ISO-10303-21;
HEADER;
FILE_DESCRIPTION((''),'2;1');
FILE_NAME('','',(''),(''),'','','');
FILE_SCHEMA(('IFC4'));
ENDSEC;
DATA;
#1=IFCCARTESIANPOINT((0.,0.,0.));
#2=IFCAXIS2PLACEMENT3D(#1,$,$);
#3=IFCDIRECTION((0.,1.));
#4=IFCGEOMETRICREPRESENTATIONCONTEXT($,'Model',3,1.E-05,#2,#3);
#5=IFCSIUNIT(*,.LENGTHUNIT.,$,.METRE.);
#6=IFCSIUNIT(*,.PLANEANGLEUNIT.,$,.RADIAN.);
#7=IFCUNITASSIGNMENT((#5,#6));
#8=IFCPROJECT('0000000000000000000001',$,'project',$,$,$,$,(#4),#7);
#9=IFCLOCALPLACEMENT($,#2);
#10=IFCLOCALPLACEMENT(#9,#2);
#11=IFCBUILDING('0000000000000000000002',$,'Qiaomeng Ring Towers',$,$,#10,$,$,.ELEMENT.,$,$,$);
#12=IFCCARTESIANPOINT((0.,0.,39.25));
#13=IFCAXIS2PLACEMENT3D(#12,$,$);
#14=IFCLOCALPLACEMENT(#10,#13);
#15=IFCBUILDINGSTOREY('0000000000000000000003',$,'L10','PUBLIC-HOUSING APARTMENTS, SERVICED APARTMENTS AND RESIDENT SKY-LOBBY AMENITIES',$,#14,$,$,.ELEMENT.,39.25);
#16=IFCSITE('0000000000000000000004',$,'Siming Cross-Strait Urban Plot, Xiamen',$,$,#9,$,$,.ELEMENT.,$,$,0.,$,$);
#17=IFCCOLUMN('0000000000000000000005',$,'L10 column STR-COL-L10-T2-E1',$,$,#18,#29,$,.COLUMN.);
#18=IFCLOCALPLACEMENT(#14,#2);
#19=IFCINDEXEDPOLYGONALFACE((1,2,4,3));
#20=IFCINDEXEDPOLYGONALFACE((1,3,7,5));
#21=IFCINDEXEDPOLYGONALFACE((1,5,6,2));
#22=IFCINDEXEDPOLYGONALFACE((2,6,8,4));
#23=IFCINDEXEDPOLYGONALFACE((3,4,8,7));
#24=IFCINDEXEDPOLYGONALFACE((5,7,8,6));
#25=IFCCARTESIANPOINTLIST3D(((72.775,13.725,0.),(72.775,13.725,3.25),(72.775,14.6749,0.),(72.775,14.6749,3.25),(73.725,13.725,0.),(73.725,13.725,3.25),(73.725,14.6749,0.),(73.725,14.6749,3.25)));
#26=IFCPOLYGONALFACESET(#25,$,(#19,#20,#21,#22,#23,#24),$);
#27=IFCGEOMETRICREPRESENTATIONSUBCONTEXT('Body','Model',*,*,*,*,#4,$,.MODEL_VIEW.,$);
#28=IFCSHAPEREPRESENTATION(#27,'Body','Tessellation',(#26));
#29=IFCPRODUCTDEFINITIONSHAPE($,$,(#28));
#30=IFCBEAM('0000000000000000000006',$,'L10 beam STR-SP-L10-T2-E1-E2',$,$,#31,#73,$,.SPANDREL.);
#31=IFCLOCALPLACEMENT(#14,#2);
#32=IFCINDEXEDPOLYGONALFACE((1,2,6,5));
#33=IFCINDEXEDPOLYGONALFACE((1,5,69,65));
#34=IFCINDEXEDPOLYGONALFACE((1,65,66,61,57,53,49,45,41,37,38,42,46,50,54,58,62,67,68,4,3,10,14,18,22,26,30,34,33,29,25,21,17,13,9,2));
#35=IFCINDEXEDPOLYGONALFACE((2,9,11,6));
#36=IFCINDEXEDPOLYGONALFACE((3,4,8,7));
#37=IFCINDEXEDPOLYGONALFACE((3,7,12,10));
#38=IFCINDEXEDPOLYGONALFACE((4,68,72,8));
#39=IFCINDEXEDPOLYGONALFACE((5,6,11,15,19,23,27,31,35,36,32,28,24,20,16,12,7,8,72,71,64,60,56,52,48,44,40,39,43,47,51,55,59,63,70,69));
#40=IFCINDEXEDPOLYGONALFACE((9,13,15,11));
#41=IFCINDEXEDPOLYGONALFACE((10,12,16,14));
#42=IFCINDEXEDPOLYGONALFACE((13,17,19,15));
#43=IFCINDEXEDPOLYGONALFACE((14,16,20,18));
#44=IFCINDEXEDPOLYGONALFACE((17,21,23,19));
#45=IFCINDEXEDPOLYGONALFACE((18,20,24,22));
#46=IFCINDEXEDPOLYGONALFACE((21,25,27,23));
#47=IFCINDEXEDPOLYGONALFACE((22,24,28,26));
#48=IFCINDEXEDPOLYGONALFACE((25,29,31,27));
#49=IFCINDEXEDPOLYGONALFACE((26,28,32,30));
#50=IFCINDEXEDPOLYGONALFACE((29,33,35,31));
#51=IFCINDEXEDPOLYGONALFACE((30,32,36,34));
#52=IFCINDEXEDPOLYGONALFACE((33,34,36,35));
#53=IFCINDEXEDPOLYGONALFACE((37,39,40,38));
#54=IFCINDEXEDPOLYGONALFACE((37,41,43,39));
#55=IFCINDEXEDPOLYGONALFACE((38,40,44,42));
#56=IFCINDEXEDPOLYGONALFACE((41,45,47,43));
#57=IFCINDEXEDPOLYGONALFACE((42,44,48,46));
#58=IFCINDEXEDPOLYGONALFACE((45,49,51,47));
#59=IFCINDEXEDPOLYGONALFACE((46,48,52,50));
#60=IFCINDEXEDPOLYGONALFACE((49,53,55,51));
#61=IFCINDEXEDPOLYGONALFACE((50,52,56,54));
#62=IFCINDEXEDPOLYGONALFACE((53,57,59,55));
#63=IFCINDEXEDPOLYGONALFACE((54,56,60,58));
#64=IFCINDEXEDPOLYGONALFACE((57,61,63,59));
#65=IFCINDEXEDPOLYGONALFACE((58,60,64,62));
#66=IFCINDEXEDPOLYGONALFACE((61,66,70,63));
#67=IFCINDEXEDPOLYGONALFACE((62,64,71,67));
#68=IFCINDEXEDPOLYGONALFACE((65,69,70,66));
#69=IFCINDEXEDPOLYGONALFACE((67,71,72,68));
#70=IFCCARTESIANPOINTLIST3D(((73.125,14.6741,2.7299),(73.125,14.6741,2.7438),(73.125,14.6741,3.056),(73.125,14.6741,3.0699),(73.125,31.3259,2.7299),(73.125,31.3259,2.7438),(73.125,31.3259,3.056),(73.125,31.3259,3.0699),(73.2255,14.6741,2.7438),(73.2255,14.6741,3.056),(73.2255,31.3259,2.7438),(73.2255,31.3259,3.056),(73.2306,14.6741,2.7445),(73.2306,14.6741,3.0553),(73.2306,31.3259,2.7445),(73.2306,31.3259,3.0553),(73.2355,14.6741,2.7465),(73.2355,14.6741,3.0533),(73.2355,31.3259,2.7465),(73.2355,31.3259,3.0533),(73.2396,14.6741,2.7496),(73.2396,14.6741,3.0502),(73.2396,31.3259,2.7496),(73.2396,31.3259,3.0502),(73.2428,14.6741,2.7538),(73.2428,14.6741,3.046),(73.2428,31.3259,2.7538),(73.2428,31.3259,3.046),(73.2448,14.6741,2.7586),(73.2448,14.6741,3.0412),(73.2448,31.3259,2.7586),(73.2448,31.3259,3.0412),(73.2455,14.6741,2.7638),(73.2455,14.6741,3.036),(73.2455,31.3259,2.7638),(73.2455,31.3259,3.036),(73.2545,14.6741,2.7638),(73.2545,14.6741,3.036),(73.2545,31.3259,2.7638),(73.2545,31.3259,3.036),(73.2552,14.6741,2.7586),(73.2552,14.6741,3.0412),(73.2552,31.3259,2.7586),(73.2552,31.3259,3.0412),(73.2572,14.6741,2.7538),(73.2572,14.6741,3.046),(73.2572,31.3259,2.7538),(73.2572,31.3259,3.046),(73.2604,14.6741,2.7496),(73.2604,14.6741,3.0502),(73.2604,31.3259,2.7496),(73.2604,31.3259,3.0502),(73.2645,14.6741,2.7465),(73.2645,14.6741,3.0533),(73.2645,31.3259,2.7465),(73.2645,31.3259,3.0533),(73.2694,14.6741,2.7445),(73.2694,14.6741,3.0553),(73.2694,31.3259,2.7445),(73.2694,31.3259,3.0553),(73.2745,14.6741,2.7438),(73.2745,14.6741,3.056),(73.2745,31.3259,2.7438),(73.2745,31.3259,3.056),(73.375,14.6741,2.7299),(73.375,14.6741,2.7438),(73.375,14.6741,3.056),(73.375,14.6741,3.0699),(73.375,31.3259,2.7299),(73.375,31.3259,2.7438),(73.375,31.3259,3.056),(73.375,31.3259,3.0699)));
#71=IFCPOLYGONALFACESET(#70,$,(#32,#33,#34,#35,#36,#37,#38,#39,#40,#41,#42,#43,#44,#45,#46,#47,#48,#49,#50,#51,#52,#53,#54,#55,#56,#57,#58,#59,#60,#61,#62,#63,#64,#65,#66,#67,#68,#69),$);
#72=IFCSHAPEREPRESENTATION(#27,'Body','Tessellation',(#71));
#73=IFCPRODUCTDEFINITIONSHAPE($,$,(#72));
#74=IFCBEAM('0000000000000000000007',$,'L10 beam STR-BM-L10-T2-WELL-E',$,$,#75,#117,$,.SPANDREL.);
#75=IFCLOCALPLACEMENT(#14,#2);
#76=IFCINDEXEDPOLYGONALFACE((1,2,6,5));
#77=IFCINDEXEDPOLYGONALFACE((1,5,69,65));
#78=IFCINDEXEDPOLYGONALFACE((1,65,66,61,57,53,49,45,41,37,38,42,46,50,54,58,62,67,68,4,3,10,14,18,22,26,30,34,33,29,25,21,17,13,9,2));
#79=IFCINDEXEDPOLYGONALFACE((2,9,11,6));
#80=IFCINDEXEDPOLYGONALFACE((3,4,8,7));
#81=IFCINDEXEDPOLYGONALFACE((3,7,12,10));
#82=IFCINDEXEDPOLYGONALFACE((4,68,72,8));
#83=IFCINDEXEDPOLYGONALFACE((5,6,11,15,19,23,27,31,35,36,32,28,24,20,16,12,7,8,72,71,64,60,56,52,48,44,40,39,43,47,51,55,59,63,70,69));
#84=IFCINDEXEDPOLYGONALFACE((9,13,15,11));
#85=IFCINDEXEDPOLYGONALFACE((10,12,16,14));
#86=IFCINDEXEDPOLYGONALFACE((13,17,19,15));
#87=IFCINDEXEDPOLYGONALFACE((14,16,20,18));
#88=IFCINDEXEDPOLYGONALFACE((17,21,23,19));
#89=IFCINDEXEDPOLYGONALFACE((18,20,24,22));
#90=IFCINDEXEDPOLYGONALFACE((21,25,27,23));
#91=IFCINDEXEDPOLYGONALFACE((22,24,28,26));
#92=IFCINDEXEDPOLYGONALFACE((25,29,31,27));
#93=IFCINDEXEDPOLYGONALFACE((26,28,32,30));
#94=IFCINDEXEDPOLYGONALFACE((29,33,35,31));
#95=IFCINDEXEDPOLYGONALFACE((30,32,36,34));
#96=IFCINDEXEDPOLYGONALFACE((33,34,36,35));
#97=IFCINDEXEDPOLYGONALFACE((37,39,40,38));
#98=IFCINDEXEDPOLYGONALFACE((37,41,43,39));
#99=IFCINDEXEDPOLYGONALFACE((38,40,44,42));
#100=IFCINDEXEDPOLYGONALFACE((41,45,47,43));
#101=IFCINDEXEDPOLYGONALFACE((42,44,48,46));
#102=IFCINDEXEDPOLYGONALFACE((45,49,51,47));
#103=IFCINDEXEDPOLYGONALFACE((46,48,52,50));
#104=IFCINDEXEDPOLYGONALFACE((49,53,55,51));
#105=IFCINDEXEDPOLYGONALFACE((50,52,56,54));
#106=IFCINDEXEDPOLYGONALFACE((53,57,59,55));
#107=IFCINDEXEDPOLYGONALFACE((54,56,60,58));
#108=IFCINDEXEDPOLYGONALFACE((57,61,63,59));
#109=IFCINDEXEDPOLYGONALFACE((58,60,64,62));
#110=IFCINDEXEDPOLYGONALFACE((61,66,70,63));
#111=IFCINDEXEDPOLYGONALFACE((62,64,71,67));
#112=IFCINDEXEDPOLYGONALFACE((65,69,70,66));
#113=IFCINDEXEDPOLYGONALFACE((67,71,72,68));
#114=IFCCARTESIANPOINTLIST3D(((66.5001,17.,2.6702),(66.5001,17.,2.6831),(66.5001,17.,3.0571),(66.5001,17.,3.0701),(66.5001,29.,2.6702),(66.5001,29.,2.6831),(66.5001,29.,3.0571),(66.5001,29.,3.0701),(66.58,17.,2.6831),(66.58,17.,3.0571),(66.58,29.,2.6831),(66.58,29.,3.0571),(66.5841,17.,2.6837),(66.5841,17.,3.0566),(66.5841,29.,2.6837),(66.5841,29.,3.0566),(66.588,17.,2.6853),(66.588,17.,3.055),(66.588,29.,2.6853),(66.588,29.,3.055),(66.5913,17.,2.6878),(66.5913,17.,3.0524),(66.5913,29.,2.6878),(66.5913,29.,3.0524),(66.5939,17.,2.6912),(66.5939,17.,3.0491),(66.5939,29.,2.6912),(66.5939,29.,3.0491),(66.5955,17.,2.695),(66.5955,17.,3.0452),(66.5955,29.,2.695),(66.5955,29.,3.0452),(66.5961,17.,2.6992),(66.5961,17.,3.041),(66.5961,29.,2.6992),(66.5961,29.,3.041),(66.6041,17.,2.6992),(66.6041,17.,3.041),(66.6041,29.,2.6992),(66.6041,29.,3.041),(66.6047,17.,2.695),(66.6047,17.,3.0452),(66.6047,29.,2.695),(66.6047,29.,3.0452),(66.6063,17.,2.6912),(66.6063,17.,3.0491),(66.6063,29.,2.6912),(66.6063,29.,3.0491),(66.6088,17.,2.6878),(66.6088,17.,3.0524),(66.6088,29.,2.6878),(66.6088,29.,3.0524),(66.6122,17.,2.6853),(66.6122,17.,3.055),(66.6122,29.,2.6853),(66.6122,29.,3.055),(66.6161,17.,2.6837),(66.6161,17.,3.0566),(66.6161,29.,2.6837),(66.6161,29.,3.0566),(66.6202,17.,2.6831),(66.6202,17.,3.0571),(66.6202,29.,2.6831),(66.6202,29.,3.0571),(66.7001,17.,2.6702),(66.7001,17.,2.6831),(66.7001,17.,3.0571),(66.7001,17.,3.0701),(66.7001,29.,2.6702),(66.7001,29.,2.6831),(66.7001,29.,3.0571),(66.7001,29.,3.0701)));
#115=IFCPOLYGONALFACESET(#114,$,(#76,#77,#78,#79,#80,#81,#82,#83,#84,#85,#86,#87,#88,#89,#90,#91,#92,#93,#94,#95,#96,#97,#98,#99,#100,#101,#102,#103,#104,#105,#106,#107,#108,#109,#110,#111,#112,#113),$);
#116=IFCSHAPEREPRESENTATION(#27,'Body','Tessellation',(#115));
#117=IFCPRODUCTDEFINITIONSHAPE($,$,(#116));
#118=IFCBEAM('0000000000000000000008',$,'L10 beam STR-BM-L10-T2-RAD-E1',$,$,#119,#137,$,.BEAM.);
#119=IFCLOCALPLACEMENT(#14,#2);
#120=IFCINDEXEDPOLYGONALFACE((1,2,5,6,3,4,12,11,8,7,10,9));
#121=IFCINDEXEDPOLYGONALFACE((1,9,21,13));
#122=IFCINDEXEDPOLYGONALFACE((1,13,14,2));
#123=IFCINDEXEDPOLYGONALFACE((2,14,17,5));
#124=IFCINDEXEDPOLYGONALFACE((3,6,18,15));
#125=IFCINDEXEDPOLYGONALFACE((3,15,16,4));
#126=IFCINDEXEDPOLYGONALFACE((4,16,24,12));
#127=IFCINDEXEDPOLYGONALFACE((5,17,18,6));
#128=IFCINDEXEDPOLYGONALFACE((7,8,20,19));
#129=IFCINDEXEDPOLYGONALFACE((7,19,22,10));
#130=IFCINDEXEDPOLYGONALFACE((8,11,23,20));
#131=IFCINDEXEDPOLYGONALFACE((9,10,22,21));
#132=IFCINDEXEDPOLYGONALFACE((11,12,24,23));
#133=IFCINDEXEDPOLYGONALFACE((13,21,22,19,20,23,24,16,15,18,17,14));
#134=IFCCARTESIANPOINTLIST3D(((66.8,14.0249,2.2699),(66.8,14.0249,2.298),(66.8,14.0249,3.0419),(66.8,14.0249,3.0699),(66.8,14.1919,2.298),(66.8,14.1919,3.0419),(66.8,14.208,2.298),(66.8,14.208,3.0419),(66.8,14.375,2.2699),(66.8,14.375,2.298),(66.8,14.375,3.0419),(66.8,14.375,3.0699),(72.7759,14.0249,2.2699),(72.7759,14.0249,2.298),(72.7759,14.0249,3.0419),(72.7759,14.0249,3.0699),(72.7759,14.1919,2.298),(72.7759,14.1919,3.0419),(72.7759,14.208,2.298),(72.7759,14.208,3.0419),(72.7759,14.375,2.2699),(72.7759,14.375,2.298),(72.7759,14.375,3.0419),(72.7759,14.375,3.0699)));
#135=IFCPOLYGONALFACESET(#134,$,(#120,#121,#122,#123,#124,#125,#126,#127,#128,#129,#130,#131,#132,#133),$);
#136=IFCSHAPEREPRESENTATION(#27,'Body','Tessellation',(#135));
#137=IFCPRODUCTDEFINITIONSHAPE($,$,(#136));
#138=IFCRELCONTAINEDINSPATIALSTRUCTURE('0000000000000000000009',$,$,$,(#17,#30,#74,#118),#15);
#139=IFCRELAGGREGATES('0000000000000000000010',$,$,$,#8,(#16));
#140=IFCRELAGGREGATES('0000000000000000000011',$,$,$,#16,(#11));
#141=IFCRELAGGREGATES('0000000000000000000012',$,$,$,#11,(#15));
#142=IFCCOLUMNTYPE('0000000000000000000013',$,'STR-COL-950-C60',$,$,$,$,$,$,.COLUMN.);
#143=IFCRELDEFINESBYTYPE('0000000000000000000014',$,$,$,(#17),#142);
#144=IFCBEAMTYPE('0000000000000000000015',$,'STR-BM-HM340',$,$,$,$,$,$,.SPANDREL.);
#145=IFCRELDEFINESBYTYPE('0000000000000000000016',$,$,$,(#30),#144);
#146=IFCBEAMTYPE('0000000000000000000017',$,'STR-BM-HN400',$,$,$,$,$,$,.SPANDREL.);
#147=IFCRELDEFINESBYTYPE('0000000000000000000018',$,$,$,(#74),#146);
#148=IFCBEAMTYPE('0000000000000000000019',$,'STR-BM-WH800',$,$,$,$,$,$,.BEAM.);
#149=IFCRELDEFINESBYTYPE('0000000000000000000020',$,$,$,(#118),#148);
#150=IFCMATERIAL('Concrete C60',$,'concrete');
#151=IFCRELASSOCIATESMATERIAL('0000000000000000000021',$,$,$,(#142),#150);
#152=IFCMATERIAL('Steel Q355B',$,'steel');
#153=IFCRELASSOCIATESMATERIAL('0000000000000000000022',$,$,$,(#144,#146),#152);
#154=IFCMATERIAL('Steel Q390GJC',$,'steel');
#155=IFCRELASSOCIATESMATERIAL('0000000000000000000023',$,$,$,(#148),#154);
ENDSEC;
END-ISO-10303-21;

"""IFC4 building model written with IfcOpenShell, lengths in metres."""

from ifc_helpers import new_model, si_unit, direction, frame, origin, origin_2d, place, context, subcontext, project, spatial, rectangle, i_section, extrude, source, transform, mapped, material, material_profile, profile_set, type_object, element, save


model = new_model("IFC4")

# Units and contexts
model_context = context("Model", 3, precision=1e-05, world=origin(), true_north=direction((0.0, 1.0)))
body_context = subcontext(model_context, "Body", "Model", "MODEL_VIEW")
ifc_project = project(units=[si_unit("LENGTHUNIT", "METRE"), si_unit("PLANEANGLEUNIT", "RADIAN")], contexts=[model_context])

# Site, building, storey
site_placement = place(None, origin())
site = spatial("IfcSite", under=ifc_project, at=site_placement, Name="Siming Cross-Strait Urban Plot, Xiamen", CompositionType="ELEMENT", RefElevation=0.0)
building_placement = place(site_placement, origin())
building = spatial("IfcBuilding", under=site, at=building_placement, Name="Qiaomeng Ring Towers", CompositionType="ELEMENT")
storey_placement = place(building_placement, frame((0.0, 0.0, 39.25)))
storey = spatial("IfcBuildingStorey", under=building, at=storey_placement, Name="L10", Description="PUBLIC-HOUSING APARTMENTS, SERVICED APARTMENTS AND RESIDENT SKY-LOBBY AMENITIES", CompositionType="ELEMENT", Elevation=39.25)

# Column
ifc_material_1 = material(Name="Concrete C60", Category="concrete")
ifc_material_profile_1 = material_profile(ifc_material_1, rectangle(XDim=0.95, YDim=0.95, at=origin_2d()), Name="RC COL 950x950")
ifc_profile_set_1 = profile_set([ifc_material_profile_1], Name="Concrete C60")
column_type = type_object("IfcColumnType", Name="STR-COL-950-C60", PredefinedType="COLUMN", material=ifc_profile_set_1)
shared_shape_1 = source(origin(), body_context, "Body", "SweptSolid", [
    extrude(rectangle(XDim=0.95, YDim=0.95, at=origin_2d()), origin(), (0.0, 0.0, 1.0), 3.25),
])
column_placement = place(storey_placement, frame((73.25, 14.2, 0.0), z_axis=(0.0, 0.0, 1.0), x_axis=(1.0, 0.0, 0.0)))
element("IfcColumn", 1, at=column_placement, inside=storey, type_object=column_type, Name="L10 column STR-COL-L10-T2-E1", PredefinedType="COLUMN", context=body_context, shape_type="MappedRepresentation", body=[
    mapped(shared_shape_1, transform((0.0, 0.0, 0.0), x_axis=(1.0, 0.0, 0.0), y_axis=(0.0, 1.0, 0.0), z_axis=(0.0, 0.0, 1.0), scale=1.0)),
])

# Beams
ifc_material_2 = material(Name="Steel Q355B", Category="steel")
ifc_material_profile_2 = material_profile(ifc_material_2, i_section(OverallWidth=0.25, OverallDepth=0.3401, WebThickness=0.009, FlangeThickness=0.0139, FilletRadius=0.02, at=origin_2d()), Name="HM 340x250x9x14")
ifc_profile_set_2 = profile_set([ifc_material_profile_2], Name="Steel Q355B")
beam_type_1 = type_object("IfcBeamType", Name="STR-BM-HM340", PredefinedType="SPANDREL", material=ifc_profile_set_2)
shared_shape_2 = source(origin(), body_context, "Body", "SweptSolid", [
    extrude(i_section(OverallWidth=0.25, OverallDepth=0.3401, WebThickness=0.009, FlangeThickness=0.0139, FilletRadius=0.02, at=origin_2d()), origin(), (0.0, 0.0, 1.0), 16.6519),
])
beam_1_placement = place(storey_placement, frame((73.25, 14.6741, 2.8999), z_axis=(0.0, 1.0, 0.0), x_axis=(-1.0, 0.0, 0.0)))
element("IfcBeam", 2, at=beam_1_placement, inside=storey, type_object=beam_type_1, Name="L10 beam STR-SP-L10-T2-E1-E2", PredefinedType="SPANDREL", context=body_context, shape_type="MappedRepresentation", body=[
    mapped(shared_shape_2, transform((0.0, 0.0, 0.0), x_axis=(1.0, 0.0, 0.0), y_axis=(0.0, 1.0, 0.0), z_axis=(0.0, 0.0, 1.0), scale=1.0)),
])
ifc_material_profile_3 = material_profile(ifc_material_2, i_section(OverallWidth=0.2, OverallDepth=0.3999, WebThickness=0.0081, FlangeThickness=0.0129, FilletRadius=0.0161, at=origin_2d()), Name="HN 400x200x8x13")
ifc_profile_set_3 = profile_set([ifc_material_profile_3], Name="Steel Q355B")
beam_type_2 = type_object("IfcBeamType", Name="STR-BM-HN400", PredefinedType="SPANDREL", material=ifc_profile_set_3)
shared_shape_3 = source(origin(), body_context, "Body", "SweptSolid", [
    extrude(i_section(OverallWidth=0.2, OverallDepth=0.3999, WebThickness=0.0081, FlangeThickness=0.0129, FilletRadius=0.0161, at=origin_2d()), origin(), (0.0, 0.0, 1.0), 12.0),
])
beam_2_placement = place(storey_placement, frame((66.6001, 17.0, 2.8701), z_axis=(0.0, 1.0, 0.0), x_axis=(-1.0, 0.0, 0.0)))
element("IfcBeam", 3, at=beam_2_placement, inside=storey, type_object=beam_type_2, Name="L10 beam STR-BM-L10-T2-WELL-E", PredefinedType="SPANDREL", context=body_context, shape_type="MappedRepresentation", body=[
    mapped(shared_shape_3, transform((0.0, 0.0, 0.0), x_axis=(1.0, 0.0, 0.0), y_axis=(0.0, 1.0, 0.0), z_axis=(0.0, 0.0, 1.0), scale=1.0)),
])
ifc_material_3 = material(Name="Steel Q390GJC", Category="steel")
ifc_material_profile_4 = material_profile(ifc_material_3, i_section(OverallWidth=0.3501, OverallDepth=0.8, WebThickness=0.0161, FlangeThickness=0.0281, at=origin_2d()), Name="WH 800x350x16x28")
ifc_profile_set_4 = profile_set([ifc_material_profile_4], Name="Steel Q390GJC")
beam_type_3 = type_object("IfcBeamType", Name="STR-BM-WH800", PredefinedType="BEAM", material=ifc_profile_set_4)
shared_shape_4 = source(origin(), body_context, "Body", "SweptSolid", [
    extrude(i_section(OverallWidth=0.3501, OverallDepth=0.8, WebThickness=0.0161, FlangeThickness=0.0281, at=origin_2d()), origin(), (0.0, 0.0, 1.0), 5.9758),
])
beam_3_placement = place(storey_placement, frame((66.8, 14.2, 2.6699), z_axis=(1.0, 0.0, 0.0), x_axis=(0.0, 1.0, 0.0)))
element("IfcBeam", 4, at=beam_3_placement, inside=storey, type_object=beam_type_3, Name="L10 beam STR-BM-L10-T2-RAD-E1", PredefinedType="BEAM", context=body_context, shape_type="MappedRepresentation", body=[
    mapped(shared_shape_4, transform((0.0, 0.0, 0.0), x_axis=(1.0, 0.0, 0.0), y_axis=(0.0, 1.0, 0.0), z_axis=(0.0, 0.0, 1.0), scale=1.0)),
])

save(model, "model.ifc")
